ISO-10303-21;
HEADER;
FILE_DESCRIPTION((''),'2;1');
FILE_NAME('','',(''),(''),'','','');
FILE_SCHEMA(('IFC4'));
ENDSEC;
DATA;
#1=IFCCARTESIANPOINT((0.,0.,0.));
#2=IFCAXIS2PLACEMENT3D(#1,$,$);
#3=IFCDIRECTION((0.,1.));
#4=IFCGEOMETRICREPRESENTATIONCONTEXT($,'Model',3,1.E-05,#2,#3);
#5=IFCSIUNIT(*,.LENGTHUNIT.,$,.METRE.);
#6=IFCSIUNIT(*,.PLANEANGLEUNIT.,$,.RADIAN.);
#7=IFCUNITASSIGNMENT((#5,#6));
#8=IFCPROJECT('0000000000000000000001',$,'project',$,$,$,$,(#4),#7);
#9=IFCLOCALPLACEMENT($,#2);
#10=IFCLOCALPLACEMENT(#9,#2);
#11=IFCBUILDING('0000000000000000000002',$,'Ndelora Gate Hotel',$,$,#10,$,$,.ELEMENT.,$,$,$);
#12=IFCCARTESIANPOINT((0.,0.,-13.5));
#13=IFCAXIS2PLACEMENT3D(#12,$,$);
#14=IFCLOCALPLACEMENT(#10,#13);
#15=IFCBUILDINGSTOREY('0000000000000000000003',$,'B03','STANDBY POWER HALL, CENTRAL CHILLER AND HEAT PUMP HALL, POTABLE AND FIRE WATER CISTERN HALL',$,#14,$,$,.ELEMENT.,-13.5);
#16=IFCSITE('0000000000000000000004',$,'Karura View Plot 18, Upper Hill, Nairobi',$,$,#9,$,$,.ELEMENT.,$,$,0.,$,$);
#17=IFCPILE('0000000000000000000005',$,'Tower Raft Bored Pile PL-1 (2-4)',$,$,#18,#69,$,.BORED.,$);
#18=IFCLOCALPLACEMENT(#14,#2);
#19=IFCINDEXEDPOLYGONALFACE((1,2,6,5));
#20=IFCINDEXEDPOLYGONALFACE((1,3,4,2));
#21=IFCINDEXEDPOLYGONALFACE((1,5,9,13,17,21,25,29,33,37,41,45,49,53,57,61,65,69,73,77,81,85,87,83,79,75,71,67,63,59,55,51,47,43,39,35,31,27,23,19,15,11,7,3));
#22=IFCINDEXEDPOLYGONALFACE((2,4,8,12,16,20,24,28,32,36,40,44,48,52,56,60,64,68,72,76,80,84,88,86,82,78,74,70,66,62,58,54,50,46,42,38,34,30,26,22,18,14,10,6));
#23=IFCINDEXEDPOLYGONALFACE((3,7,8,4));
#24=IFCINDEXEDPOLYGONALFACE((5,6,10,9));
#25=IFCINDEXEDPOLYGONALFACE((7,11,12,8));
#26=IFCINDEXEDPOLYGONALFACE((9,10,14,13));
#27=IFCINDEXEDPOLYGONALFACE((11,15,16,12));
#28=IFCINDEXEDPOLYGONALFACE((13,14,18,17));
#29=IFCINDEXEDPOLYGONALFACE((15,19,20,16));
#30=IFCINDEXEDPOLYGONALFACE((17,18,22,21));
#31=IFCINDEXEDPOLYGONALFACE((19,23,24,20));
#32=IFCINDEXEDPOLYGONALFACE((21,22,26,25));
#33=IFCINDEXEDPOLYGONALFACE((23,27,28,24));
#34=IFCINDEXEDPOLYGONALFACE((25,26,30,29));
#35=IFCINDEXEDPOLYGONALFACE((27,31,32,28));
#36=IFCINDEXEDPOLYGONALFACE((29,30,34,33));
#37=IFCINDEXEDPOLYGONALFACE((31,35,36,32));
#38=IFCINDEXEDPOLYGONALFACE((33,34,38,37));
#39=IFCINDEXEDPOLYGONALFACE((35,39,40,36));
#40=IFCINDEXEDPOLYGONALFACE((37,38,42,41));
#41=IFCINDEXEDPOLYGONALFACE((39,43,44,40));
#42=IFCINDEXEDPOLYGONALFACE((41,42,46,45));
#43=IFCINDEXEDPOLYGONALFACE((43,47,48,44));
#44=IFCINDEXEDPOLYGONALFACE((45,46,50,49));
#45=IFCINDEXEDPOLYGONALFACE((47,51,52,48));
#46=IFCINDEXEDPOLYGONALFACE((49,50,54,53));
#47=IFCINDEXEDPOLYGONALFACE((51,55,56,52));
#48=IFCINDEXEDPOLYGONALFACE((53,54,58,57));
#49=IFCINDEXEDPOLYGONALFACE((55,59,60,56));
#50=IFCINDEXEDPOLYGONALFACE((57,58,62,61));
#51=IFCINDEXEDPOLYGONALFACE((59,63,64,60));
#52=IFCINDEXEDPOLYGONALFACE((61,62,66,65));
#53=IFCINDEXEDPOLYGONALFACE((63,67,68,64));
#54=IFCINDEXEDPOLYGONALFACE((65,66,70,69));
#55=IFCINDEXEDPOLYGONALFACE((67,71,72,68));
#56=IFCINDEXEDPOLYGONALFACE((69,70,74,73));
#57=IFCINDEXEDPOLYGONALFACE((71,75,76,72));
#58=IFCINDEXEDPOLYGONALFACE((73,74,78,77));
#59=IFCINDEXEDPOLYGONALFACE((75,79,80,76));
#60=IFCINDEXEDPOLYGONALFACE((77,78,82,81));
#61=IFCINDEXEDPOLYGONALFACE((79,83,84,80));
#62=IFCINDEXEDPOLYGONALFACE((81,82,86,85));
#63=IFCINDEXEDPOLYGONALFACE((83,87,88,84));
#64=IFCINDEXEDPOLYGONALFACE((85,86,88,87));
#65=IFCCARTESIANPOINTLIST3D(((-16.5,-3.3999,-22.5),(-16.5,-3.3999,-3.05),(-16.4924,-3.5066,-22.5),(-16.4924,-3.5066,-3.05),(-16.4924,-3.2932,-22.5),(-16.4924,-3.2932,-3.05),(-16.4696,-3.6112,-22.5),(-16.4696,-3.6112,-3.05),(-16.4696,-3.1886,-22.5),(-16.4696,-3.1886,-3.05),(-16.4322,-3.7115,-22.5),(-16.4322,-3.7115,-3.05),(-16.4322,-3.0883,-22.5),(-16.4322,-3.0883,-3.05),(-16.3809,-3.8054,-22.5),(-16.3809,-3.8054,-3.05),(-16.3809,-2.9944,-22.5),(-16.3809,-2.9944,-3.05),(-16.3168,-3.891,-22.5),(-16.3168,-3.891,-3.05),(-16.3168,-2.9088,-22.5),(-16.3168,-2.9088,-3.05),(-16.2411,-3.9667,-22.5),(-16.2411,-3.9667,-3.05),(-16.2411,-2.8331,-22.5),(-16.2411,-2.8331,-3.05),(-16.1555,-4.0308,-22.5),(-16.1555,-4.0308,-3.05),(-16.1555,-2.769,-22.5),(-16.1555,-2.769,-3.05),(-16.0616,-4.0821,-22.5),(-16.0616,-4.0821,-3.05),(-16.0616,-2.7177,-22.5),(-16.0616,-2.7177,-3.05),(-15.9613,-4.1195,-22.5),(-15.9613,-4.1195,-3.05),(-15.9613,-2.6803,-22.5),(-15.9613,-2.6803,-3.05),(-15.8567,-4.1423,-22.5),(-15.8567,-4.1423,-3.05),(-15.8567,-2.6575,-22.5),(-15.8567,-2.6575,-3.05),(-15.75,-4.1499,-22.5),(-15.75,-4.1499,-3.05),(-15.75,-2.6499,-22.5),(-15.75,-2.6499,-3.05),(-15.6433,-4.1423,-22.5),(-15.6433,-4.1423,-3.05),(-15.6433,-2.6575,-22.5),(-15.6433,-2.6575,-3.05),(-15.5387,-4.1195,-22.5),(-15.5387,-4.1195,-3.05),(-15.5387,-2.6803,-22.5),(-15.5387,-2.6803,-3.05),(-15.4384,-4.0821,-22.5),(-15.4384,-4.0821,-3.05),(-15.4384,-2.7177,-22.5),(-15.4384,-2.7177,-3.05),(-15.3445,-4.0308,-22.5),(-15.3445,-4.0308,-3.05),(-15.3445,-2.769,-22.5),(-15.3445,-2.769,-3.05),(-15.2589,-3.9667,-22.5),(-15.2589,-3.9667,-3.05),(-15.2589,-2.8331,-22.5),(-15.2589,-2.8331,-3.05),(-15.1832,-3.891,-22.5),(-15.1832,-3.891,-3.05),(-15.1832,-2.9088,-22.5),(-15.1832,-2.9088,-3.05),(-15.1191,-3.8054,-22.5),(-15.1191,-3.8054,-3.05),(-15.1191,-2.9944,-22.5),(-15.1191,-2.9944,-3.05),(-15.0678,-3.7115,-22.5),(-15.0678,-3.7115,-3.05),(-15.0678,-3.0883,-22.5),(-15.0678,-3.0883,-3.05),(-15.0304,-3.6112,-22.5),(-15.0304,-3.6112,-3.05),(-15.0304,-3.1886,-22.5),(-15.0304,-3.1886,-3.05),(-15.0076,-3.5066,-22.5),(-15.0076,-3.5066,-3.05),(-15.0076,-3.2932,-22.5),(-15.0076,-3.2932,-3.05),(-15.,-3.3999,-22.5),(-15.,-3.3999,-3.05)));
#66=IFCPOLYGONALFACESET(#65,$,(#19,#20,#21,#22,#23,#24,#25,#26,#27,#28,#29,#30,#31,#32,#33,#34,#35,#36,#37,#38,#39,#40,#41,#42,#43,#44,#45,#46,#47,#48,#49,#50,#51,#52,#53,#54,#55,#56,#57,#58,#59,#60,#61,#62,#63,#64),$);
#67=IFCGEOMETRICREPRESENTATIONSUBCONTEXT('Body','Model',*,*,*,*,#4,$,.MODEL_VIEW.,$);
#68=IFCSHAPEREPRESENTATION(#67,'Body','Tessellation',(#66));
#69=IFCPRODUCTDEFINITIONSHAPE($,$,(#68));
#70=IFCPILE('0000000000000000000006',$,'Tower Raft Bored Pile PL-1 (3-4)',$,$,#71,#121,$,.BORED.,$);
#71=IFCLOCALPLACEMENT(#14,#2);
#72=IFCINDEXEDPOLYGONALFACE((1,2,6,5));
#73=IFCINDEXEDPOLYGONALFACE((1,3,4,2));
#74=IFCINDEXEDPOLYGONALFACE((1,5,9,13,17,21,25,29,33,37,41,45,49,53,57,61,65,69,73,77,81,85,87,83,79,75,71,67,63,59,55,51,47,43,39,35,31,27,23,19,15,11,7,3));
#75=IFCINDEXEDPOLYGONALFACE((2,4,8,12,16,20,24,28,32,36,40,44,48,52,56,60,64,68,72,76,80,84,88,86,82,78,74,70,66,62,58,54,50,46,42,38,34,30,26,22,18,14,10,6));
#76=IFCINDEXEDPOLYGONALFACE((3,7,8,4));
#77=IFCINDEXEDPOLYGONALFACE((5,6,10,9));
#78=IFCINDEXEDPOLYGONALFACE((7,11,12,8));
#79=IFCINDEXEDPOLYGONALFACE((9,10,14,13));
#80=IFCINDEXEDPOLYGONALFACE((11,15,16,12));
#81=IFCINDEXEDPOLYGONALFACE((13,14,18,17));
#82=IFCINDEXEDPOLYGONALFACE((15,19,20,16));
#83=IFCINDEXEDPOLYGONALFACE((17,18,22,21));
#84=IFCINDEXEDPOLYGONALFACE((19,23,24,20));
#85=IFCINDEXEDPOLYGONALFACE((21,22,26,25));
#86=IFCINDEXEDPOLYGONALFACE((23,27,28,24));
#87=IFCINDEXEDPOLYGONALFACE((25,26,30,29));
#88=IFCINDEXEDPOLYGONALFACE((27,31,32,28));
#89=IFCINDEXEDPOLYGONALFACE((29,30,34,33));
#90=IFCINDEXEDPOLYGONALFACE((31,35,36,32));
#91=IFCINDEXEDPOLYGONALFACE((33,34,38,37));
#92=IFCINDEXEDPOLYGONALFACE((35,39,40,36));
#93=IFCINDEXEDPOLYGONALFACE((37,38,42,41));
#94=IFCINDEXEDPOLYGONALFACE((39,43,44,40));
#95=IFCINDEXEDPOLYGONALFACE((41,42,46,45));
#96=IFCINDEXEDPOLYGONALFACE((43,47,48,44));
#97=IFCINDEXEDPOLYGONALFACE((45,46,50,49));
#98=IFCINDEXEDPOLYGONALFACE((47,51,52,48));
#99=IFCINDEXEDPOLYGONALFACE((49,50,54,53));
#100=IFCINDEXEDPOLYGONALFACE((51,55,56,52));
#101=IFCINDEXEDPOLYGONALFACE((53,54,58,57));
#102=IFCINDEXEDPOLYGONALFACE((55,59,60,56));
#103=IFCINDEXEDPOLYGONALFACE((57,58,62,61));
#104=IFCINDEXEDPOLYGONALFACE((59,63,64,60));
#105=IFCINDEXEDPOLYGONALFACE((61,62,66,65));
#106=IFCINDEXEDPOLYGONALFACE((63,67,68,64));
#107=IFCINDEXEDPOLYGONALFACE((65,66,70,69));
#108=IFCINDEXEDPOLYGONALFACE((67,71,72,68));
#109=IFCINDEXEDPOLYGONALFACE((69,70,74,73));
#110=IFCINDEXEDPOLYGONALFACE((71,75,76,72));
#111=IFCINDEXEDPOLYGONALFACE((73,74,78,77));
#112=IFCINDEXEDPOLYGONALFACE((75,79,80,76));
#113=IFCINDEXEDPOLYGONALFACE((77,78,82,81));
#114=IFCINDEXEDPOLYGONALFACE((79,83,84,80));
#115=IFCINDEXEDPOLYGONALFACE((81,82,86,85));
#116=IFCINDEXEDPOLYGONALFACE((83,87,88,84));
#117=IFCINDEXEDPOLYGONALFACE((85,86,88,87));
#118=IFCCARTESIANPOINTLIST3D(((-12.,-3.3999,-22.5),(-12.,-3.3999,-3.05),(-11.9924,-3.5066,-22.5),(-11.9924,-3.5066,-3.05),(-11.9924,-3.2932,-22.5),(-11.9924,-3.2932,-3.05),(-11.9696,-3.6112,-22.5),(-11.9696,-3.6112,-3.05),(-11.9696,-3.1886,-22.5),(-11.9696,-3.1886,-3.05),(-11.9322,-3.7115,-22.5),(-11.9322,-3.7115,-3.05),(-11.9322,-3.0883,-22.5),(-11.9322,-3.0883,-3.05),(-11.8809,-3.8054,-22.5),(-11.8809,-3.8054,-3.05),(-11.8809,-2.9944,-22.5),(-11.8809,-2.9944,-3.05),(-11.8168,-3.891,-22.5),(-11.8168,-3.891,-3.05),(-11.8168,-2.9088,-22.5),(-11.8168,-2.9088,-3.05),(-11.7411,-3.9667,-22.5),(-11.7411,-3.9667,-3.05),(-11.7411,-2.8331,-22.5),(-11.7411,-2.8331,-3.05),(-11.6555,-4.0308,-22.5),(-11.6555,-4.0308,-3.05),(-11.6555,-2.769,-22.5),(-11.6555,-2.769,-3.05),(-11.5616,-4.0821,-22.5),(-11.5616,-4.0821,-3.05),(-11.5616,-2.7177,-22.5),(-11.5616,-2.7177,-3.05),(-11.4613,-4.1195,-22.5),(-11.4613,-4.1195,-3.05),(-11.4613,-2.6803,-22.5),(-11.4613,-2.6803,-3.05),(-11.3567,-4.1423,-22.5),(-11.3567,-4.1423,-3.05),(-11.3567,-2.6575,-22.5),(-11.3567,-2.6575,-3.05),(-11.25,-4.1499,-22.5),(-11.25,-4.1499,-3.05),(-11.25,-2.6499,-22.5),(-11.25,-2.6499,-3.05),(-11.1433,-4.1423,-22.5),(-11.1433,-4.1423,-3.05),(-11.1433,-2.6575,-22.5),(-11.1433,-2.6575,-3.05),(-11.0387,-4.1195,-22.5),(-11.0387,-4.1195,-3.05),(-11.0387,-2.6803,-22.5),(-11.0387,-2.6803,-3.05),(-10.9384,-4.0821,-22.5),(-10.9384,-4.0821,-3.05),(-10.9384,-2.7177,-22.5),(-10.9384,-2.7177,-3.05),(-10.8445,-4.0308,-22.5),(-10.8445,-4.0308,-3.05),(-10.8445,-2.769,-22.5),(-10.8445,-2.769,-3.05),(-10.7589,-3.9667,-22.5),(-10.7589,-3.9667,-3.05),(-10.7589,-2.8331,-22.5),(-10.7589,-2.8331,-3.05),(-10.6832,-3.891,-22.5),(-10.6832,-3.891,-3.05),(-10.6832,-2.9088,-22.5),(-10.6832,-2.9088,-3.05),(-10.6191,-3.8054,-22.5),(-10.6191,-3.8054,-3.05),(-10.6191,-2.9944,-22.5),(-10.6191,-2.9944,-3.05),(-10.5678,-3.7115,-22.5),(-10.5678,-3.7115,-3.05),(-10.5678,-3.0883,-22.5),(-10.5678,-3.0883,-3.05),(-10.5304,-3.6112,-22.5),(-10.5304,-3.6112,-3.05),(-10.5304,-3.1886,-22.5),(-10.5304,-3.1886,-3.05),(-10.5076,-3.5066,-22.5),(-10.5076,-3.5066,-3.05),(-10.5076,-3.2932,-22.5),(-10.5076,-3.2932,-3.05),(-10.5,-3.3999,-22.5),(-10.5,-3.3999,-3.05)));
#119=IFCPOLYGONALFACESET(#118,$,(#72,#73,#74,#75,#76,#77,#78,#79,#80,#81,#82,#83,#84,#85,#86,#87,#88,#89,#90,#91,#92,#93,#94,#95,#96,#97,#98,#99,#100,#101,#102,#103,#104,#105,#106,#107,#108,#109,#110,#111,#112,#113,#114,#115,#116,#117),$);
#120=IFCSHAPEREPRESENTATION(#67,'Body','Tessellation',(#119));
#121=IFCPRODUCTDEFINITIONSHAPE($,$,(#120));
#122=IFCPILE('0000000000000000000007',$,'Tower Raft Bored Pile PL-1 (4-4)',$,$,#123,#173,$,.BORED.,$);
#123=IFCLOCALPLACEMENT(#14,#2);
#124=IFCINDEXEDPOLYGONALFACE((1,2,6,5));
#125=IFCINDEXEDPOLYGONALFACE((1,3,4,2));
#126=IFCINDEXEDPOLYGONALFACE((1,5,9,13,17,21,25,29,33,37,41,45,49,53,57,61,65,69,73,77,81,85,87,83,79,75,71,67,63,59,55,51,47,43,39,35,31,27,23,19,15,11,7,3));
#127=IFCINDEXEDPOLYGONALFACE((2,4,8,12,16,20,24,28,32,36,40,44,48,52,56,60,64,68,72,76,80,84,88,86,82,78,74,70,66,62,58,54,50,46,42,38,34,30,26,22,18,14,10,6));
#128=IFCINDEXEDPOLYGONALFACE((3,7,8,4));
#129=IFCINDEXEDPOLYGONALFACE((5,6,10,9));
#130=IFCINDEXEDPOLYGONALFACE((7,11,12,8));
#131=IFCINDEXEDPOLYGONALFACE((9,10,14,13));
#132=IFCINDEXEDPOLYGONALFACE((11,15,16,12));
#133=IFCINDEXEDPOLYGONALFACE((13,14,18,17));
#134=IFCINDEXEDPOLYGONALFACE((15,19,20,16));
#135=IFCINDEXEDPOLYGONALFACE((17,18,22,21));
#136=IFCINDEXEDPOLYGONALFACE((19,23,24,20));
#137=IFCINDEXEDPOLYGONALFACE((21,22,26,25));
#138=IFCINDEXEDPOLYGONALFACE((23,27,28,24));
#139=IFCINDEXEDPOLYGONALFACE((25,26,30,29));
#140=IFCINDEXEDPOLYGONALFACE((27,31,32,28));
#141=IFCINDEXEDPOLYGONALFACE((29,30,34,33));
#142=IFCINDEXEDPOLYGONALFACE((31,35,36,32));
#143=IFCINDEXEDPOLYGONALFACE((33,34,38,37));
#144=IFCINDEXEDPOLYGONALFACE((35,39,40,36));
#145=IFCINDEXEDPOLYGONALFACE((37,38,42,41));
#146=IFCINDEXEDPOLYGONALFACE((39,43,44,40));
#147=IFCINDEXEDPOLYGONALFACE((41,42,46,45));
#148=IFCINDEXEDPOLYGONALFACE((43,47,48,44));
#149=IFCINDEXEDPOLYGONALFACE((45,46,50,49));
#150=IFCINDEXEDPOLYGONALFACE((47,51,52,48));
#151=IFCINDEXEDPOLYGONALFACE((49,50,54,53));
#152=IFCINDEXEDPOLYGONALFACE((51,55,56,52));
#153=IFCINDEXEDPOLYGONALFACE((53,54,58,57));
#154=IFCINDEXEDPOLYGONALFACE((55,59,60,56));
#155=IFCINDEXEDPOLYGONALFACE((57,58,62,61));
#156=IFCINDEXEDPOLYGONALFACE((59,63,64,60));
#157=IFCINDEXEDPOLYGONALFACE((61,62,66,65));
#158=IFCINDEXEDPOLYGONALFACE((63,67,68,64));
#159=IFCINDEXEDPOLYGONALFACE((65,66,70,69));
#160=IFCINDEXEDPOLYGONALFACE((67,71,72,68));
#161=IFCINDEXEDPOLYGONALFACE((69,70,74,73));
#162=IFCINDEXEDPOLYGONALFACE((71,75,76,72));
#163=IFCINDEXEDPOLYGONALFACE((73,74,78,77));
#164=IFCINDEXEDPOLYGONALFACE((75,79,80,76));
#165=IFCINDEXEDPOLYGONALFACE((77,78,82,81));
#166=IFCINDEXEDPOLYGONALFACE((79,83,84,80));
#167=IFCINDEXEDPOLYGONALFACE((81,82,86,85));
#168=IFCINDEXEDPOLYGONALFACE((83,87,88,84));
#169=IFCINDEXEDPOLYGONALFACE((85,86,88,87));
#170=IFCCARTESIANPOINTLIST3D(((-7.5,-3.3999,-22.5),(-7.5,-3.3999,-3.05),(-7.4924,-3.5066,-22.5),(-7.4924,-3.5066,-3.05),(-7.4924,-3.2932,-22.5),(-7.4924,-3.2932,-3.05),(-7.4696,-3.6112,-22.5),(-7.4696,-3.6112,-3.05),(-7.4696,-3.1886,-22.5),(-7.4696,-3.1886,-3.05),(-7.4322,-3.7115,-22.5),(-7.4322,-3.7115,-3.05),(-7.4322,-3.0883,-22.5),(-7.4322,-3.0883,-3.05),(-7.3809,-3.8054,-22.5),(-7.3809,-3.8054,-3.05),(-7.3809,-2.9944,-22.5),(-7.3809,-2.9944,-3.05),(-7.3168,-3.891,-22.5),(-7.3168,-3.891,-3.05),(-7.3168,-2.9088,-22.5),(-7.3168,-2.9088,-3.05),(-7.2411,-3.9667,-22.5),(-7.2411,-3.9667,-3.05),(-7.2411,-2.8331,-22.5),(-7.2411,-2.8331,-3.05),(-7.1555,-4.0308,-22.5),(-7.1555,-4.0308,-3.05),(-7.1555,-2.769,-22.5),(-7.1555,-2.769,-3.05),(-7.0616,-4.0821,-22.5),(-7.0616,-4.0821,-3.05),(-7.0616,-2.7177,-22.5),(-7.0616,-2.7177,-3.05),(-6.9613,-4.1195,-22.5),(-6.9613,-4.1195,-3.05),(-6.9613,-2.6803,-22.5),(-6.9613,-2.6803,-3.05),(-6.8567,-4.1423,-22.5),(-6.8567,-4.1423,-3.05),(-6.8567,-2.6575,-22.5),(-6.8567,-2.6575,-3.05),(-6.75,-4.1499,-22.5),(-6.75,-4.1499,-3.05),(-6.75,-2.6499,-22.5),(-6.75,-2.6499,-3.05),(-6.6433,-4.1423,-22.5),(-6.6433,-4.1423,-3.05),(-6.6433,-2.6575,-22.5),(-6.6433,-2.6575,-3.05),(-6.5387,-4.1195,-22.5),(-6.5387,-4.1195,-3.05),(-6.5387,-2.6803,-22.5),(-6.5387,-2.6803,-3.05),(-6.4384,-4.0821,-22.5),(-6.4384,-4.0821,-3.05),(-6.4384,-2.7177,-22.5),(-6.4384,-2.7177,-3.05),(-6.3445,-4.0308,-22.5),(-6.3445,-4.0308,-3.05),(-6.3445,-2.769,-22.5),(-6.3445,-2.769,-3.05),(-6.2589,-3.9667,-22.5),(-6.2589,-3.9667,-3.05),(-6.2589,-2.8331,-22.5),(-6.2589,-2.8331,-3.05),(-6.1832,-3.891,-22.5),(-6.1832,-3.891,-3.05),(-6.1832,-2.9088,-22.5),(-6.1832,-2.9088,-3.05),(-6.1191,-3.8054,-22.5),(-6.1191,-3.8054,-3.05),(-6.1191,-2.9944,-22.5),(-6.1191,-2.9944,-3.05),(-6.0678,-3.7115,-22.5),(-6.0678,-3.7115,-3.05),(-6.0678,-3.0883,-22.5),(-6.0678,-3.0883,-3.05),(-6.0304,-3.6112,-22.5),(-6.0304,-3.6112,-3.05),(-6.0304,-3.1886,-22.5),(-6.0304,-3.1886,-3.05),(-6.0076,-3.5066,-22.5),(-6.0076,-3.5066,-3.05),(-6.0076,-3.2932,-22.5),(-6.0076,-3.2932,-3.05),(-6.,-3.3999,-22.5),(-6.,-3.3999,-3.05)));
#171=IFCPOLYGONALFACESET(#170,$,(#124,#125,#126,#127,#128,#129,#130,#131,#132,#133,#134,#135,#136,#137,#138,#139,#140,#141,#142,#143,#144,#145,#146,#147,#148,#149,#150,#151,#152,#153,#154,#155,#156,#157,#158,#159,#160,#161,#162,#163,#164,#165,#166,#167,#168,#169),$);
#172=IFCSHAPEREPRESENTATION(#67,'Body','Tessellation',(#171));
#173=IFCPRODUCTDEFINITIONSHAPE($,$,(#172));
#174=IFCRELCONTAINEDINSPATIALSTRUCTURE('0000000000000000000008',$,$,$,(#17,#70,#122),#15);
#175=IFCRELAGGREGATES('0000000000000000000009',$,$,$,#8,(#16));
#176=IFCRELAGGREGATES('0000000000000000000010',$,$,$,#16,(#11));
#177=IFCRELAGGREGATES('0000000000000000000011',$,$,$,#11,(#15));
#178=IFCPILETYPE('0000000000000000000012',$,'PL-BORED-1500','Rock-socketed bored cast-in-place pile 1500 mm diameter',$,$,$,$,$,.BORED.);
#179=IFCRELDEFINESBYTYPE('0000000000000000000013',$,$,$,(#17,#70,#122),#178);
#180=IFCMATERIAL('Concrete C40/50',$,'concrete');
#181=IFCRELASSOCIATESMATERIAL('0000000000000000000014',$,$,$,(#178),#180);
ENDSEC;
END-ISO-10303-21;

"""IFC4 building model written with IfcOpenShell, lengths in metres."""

from ifc_helpers import new_model, si_unit, direction, frame, origin, origin_2d, place, context, subcontext, project, spatial, circle, extrude, material, material_profile, profile_set, type_object, element, save


model = new_model("IFC4")

# Units and contexts
model_context = context("Model", 3, precision=1e-05, world=origin(), true_north=direction((0.0, 1.0)))
body_context = subcontext(model_context, "Body", "Model", "MODEL_VIEW")
ifc_project = project(units=[si_unit("LENGTHUNIT", "METRE"), si_unit("PLANEANGLEUNIT", "RADIAN")], contexts=[model_context])

# Site, building, storey
site_placement = place(None, origin())
site = spatial("IfcSite", under=ifc_project, at=site_placement, Name="Karura View Plot 18, Upper Hill, Nairobi", CompositionType="ELEMENT", RefElevation=0.0)
building_placement = place(site_placement, origin())
building = spatial("IfcBuilding", under=site, at=building_placement, Name="Ndelora Gate Hotel", CompositionType="ELEMENT")
storey_placement = place(building_placement, frame((0.0, 0.0, -13.5)))
storey = spatial("IfcBuildingStorey", under=building, at=storey_placement, Name="B03", Description="STANDBY POWER HALL, CENTRAL CHILLER AND HEAT PUMP HALL, POTABLE AND FIRE WATER CISTERN HALL", CompositionType="ELEMENT", Elevation=-13.5)

# Piles
ifc_material_1 = material(Name="Concrete C40/50", Category="concrete")
ifc_material_profile_1 = material_profile(ifc_material_1, circle(Radius=0.75, at=origin_2d()), Name="PILE D1500")
ifc_profile_set_1 = profile_set([ifc_material_profile_1], Name="Concrete C40/50")
pile_type = type_object("IfcPileType", Name="PL-BORED-1500", Description="Rock-socketed bored cast-in-place pile 1500 mm diameter", PredefinedType="BORED", material=ifc_profile_set_1)
for number, where, z_axis, x_axis, name in (
    (1, (-15.75, -3.3999, -3.05), (0.0, 0.0, -1.0), (1.0, 0.0, 0.0), "Tower Raft Bored Pile PL-1 (2-4)"),
    (2, (-11.25, -3.3999, -3.05), (0.0, 0.0, -1.0), (1.0, 0.0, 0.0), "Tower Raft Bored Pile PL-1 (3-4)"),
    (3, (-6.75, -3.3999, -3.05), (0.0, 0.0, -1.0), (1.0, 0.0, 0.0), "Tower Raft Bored Pile PL-1 (4-4)"),
):
    element("IfcPile", number, at=place(storey_placement, frame(where, z_axis=z_axis, x_axis=x_axis)), inside=storey, type_object=pile_type, Name=name, PredefinedType="BORED", context=body_context, shape_type="SweptSolid", body=[
        extrude(circle(Radius=0.75, at=origin_2d()), origin(), (0.0, 0.0, 1.0), 19.45),
    ])

save(model, "model.ifc")
